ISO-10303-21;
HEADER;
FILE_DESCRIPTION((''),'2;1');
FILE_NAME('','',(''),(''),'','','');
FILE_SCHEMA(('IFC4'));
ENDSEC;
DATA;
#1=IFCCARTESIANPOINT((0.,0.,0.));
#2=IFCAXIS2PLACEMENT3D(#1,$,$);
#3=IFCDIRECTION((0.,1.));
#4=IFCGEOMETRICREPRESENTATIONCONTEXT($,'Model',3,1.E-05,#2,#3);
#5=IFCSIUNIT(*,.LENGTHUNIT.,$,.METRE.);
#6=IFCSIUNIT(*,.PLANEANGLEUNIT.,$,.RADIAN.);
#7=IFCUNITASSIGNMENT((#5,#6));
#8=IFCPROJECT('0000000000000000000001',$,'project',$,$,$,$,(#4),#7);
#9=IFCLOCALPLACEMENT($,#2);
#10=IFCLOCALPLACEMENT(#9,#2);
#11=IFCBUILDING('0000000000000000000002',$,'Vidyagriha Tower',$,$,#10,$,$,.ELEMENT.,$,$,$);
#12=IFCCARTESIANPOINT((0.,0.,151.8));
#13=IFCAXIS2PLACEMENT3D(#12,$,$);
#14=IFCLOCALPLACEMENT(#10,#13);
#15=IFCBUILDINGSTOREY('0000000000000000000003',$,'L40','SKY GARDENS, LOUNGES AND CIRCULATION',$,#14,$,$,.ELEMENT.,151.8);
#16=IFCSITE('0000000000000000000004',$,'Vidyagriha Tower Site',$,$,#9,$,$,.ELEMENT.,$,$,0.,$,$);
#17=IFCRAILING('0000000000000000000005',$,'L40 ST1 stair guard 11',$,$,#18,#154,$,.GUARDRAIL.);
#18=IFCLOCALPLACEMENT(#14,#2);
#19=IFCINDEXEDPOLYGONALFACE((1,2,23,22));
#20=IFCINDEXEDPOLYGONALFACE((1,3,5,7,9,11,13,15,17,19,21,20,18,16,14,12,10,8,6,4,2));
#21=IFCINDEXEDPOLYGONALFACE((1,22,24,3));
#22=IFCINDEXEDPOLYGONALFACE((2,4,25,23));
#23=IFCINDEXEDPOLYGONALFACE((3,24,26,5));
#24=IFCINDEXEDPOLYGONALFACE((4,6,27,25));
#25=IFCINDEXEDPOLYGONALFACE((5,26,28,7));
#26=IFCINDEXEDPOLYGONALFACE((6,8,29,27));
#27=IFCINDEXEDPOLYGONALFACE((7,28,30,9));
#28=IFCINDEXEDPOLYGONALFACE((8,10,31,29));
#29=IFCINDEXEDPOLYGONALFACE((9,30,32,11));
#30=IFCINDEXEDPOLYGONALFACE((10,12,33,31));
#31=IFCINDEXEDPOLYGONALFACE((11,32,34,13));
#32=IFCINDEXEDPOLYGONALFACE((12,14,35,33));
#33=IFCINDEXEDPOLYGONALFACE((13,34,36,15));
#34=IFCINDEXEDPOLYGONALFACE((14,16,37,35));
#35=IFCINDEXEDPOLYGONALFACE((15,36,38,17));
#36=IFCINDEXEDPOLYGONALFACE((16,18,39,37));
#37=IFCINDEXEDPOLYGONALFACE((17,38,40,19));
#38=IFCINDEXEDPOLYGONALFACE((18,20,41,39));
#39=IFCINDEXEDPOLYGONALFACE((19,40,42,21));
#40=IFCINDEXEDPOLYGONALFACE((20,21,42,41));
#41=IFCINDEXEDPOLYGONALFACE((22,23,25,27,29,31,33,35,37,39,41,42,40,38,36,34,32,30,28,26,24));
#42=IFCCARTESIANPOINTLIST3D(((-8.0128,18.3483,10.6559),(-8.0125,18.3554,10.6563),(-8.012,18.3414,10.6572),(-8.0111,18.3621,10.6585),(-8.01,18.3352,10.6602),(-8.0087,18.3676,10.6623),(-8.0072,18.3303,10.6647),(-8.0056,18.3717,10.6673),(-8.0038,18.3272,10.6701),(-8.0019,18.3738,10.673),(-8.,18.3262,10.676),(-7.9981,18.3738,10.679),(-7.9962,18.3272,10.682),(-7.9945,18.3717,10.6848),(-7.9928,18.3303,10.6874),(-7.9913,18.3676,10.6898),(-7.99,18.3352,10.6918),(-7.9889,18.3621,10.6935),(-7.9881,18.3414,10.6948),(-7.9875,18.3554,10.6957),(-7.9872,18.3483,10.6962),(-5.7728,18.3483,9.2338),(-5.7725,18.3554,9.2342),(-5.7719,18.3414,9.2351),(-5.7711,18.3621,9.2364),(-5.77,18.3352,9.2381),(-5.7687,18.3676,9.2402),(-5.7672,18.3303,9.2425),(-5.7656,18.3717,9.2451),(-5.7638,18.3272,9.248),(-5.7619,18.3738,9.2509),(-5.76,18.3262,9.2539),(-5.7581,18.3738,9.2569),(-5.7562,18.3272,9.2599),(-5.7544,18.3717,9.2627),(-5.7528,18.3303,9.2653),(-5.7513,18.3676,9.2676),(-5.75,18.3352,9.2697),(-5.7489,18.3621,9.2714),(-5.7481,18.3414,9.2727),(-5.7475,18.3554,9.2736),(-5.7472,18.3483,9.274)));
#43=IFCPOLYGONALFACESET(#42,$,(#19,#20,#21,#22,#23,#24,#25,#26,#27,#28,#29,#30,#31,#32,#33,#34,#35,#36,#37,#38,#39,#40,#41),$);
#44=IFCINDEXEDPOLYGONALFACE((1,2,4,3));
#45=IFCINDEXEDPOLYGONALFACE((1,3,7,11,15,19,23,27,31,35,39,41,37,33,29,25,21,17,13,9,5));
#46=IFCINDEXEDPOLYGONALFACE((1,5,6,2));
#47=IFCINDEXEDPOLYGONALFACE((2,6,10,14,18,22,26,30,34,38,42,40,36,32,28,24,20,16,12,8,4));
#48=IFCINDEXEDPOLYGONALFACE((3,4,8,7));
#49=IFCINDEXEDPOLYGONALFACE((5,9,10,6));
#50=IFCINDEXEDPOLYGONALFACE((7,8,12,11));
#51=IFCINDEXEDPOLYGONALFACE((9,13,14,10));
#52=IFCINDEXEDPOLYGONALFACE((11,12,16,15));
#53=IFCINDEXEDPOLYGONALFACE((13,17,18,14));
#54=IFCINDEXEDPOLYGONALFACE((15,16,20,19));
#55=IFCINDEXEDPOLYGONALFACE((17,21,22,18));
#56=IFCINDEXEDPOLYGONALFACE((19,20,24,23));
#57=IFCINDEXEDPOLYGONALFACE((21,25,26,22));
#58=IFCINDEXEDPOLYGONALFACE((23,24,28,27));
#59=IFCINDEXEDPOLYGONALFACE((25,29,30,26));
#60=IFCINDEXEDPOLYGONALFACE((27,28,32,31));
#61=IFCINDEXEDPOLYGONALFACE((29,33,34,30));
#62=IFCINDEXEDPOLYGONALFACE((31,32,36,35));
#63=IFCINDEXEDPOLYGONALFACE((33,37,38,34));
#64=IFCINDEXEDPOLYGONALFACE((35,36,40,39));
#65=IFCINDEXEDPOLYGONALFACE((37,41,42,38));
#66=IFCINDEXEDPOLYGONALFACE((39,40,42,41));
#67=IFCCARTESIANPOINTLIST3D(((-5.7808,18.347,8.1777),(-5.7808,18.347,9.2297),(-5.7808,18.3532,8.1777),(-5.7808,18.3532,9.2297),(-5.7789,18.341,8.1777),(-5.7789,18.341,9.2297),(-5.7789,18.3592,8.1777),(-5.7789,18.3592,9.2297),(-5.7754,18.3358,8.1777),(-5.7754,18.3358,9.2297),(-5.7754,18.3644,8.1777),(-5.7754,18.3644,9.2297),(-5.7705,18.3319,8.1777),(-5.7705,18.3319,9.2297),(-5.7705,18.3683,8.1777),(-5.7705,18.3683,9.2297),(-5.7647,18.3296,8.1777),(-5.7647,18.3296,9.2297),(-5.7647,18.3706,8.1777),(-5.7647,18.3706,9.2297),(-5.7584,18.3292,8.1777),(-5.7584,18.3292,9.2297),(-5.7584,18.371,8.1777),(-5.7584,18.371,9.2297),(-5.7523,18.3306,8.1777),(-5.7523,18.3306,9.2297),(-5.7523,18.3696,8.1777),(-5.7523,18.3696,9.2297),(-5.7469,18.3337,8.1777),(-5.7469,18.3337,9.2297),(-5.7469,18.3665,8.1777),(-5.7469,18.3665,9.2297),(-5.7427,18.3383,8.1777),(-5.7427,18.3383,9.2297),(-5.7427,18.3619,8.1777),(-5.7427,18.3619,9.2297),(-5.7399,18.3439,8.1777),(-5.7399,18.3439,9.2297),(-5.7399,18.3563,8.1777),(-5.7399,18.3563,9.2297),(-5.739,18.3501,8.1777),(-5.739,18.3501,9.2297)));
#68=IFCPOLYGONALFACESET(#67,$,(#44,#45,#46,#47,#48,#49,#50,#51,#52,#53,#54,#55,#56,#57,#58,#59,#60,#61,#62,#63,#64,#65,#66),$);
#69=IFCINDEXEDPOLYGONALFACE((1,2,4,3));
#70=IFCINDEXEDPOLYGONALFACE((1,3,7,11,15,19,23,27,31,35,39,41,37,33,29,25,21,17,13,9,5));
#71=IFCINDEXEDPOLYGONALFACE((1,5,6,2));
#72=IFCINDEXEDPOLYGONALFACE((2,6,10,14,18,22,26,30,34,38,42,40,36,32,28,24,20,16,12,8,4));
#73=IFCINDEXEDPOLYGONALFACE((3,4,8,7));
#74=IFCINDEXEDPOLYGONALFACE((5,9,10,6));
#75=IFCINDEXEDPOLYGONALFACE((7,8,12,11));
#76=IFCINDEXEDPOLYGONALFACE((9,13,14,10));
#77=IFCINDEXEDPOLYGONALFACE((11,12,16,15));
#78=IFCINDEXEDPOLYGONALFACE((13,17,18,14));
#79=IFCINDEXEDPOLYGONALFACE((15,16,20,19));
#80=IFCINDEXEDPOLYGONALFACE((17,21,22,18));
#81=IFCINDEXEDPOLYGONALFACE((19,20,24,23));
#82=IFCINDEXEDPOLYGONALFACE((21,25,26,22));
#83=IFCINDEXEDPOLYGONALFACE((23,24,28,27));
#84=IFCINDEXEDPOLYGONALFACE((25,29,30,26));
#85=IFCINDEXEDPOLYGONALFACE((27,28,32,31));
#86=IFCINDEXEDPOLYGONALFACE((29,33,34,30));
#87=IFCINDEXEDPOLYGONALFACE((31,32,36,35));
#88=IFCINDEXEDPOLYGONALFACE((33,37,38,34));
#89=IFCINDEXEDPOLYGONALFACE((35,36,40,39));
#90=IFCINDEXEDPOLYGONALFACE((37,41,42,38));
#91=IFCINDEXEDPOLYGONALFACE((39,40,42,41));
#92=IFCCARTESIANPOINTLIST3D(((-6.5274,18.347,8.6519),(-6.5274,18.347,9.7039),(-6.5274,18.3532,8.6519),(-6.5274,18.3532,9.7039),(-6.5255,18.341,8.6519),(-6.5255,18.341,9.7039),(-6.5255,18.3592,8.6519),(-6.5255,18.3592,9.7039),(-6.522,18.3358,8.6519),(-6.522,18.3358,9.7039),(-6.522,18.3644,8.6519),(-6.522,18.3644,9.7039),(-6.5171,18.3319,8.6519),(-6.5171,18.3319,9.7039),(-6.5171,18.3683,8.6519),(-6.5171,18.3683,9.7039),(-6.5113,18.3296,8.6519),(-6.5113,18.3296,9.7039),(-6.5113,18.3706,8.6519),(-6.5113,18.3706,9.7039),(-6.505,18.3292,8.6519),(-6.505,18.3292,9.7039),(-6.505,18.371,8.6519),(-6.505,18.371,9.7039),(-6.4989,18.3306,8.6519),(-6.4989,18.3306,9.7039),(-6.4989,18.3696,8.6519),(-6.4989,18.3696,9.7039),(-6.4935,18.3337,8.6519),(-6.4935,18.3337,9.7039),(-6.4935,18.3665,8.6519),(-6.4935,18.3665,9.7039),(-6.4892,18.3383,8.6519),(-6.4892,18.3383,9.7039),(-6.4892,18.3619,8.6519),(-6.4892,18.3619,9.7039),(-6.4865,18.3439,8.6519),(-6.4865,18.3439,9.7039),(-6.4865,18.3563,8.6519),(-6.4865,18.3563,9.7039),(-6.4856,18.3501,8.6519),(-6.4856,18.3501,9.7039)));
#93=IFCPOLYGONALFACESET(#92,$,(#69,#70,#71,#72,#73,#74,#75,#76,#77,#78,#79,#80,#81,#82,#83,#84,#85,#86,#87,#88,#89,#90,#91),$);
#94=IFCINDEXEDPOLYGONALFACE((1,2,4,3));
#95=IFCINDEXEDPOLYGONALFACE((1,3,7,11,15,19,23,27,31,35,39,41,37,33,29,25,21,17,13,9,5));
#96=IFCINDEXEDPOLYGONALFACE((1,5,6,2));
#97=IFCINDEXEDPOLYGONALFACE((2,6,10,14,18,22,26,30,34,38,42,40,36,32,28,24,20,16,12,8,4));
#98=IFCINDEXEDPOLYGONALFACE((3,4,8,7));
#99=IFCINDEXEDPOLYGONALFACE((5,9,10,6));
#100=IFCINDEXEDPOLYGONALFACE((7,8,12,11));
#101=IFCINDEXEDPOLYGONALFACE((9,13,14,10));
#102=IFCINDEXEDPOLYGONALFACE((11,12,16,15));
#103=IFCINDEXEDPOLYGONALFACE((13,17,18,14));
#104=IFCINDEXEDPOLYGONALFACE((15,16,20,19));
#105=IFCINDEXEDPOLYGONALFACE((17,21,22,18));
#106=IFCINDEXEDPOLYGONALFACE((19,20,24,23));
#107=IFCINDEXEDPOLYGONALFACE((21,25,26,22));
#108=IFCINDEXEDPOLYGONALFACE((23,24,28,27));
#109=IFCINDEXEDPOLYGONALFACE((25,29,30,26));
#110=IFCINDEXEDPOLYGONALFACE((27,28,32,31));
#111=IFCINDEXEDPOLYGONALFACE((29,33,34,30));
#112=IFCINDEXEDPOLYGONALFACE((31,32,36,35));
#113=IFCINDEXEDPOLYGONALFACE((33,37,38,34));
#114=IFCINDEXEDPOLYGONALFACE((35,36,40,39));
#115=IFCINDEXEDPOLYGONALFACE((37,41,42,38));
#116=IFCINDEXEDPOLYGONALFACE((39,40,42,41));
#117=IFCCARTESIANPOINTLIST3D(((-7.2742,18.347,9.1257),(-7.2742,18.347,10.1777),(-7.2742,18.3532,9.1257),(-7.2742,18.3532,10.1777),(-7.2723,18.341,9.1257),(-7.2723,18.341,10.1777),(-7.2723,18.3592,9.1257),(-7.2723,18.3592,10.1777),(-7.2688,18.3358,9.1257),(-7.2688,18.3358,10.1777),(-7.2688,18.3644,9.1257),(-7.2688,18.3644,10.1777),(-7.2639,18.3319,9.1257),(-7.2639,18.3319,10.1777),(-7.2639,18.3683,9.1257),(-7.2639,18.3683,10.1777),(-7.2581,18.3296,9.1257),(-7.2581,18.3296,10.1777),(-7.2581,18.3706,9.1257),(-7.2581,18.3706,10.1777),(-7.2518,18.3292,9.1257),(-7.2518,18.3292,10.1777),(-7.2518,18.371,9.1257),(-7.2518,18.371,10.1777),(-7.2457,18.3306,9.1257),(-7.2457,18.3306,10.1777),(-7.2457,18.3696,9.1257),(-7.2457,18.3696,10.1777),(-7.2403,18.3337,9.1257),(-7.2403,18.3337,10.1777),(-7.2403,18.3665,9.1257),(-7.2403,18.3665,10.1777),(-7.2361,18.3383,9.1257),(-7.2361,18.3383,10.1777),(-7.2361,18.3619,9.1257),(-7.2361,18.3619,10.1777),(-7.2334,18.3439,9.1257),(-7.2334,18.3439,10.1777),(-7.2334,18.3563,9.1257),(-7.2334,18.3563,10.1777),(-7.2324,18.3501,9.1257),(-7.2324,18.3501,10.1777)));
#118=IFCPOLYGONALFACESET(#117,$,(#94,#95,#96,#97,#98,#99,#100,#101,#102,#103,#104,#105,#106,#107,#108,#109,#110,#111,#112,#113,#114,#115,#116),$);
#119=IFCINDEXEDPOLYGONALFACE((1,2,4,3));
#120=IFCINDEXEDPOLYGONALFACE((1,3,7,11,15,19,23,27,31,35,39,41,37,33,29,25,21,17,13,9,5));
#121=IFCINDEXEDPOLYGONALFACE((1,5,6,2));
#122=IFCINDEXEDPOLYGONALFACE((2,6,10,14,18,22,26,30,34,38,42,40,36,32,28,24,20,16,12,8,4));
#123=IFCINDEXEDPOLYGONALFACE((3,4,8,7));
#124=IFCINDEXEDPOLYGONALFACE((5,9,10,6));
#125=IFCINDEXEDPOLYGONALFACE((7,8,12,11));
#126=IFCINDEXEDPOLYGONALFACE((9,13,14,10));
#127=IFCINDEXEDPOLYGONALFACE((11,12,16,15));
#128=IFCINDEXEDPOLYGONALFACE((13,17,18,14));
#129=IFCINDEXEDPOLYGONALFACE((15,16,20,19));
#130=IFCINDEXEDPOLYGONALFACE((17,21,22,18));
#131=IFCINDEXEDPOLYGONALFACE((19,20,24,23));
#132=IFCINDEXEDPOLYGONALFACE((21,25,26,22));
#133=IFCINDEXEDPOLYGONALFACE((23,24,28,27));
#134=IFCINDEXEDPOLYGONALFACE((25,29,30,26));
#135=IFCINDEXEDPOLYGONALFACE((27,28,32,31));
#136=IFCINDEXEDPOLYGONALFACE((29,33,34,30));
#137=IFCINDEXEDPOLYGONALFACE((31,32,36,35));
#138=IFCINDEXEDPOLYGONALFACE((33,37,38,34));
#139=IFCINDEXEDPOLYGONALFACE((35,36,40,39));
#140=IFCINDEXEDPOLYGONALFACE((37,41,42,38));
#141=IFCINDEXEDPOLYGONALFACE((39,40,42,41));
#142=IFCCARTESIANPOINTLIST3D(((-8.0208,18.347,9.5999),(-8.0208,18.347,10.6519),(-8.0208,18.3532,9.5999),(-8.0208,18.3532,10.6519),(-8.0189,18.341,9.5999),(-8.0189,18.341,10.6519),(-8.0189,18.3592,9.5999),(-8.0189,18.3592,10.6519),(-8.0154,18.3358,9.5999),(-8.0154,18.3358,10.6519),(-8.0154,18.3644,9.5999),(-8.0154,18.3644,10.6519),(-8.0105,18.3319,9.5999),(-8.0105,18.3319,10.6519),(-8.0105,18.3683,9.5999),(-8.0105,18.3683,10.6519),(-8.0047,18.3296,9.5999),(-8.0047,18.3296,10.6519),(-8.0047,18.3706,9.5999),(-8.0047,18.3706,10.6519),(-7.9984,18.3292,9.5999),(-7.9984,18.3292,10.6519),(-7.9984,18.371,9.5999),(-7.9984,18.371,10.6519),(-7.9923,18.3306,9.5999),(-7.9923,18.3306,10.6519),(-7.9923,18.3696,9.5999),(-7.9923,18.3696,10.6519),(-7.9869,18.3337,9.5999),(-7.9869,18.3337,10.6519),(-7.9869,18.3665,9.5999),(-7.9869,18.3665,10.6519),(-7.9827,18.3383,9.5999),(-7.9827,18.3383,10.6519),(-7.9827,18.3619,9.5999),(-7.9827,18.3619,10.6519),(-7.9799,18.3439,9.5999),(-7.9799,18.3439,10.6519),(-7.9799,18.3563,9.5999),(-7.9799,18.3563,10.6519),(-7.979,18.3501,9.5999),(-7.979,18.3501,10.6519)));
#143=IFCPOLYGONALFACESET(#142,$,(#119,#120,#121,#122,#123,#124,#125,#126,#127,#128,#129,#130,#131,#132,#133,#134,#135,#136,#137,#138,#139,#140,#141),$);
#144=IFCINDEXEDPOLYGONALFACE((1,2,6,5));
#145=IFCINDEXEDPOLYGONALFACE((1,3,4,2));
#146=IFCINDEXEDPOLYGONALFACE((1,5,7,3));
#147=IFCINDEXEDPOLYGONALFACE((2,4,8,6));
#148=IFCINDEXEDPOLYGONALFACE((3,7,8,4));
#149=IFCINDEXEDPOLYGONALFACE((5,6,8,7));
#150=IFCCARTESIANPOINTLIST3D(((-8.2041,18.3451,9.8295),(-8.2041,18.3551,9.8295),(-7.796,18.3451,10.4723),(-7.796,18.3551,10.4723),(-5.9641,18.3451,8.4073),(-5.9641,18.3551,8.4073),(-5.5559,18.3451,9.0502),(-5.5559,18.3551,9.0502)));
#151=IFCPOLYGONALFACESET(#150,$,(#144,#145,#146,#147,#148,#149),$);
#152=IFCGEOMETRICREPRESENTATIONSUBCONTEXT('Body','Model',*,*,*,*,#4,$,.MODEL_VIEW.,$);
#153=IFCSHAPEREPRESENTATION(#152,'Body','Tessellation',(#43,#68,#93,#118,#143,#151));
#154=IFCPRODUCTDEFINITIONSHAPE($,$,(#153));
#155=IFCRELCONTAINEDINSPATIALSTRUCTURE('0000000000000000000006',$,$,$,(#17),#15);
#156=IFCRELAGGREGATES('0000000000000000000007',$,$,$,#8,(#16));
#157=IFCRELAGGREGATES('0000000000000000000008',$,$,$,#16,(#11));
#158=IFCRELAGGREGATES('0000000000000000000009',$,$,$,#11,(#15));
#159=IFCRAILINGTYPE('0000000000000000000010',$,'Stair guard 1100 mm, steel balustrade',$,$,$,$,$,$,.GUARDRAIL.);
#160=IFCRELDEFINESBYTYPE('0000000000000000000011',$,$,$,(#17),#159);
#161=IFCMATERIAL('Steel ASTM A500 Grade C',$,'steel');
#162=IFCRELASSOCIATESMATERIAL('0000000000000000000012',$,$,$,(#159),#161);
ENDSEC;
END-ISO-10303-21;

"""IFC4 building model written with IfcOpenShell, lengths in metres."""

from ifc_helpers import new_model, si_unit, direction, frame, origin, origin_2d, place, context, subcontext, project, spatial, rectangle, circle, extrude, material, type_object, element, save


model = new_model("IFC4")

# Units and contexts
model_context = context("Model", 3, precision=1e-05, world=origin(), true_north=direction((0.0, 1.0)))
body_context = subcontext(model_context, "Body", "Model", "MODEL_VIEW")
ifc_project = project(units=[si_unit("LENGTHUNIT", "METRE"), si_unit("PLANEANGLEUNIT", "RADIAN")], contexts=[model_context])

# Site, building, storey
site_placement = place(None, origin())
site = spatial("IfcSite", under=ifc_project, at=site_placement, Name="Vidyagriha Tower Site", CompositionType="ELEMENT", RefElevation=0.0)
building_placement = place(site_placement, origin())
building = spatial("IfcBuilding", under=site, at=building_placement, Name="Vidyagriha Tower", CompositionType="ELEMENT")
storey_placement = place(building_placement, frame((0.0, 0.0, 151.8)))
storey = spatial("IfcBuildingStorey", under=building, at=storey_placement, Name="L40", Description="SKY GARDENS, LOUNGES AND CIRCULATION", CompositionType="ELEMENT", Elevation=151.8)

# Railing
ifc_material_1 = material(Name="Steel ASTM A500 Grade C", Category="steel")
railing_type_1 = type_object("IfcRailingType", Name="Stair guard 1100 mm, steel balustrade", PredefinedType="GUARDRAIL", material=ifc_material_1)
railing_1_placement = place(storey_placement, frame((-5.76, 18.3501, 8.1777)))
element("IfcRailing", 1, at=railing_1_placement, inside=storey, type_object=railing_type_1, Name="L40 ST1 stair guard 11", PredefinedType="GUARDRAIL", context=body_context, shape_type="SweptSolid", body=[
    extrude(circle(Radius=0.0239, at=origin_2d()), frame((0.0, 0.0, 1.0762), z_axis=(-0.844229, 0.0, 0.535982), x_axis=(0.0, -1.0, 0.0)), (0.0, 0.0, 1.0), 2.6533),
    extrude(circle(Radius=0.021, at=origin_2d()), origin(), (0.0, 0.0, 1.0), 1.052),
    extrude(circle(Radius=0.021, at=origin_2d()), frame((-0.7466, 0.0, 0.4741)), (0.0, 0.0, 1.0), 1.052),
    extrude(circle(Radius=0.021, at=origin_2d()), frame((-1.4934, 0.0, 0.948)), (0.0, 0.0, 1.0), 1.052),
    extrude(circle(Radius=0.021, at=origin_2d()), frame((-2.24, 0.0, 1.4221)), (0.0, 0.0, 1.0), 1.052),
    extrude(rectangle(XDim=0.01, YDim=0.7615, at=origin_2d()), frame((0.0, 0.0, 0.551), z_axis=(-0.844229, 0.0, 0.535982), x_axis=(0.0, -1.0, 0.0)), (0.0, 0.0, 1.0), 2.6533),
])

save(model, "model.ifc")
